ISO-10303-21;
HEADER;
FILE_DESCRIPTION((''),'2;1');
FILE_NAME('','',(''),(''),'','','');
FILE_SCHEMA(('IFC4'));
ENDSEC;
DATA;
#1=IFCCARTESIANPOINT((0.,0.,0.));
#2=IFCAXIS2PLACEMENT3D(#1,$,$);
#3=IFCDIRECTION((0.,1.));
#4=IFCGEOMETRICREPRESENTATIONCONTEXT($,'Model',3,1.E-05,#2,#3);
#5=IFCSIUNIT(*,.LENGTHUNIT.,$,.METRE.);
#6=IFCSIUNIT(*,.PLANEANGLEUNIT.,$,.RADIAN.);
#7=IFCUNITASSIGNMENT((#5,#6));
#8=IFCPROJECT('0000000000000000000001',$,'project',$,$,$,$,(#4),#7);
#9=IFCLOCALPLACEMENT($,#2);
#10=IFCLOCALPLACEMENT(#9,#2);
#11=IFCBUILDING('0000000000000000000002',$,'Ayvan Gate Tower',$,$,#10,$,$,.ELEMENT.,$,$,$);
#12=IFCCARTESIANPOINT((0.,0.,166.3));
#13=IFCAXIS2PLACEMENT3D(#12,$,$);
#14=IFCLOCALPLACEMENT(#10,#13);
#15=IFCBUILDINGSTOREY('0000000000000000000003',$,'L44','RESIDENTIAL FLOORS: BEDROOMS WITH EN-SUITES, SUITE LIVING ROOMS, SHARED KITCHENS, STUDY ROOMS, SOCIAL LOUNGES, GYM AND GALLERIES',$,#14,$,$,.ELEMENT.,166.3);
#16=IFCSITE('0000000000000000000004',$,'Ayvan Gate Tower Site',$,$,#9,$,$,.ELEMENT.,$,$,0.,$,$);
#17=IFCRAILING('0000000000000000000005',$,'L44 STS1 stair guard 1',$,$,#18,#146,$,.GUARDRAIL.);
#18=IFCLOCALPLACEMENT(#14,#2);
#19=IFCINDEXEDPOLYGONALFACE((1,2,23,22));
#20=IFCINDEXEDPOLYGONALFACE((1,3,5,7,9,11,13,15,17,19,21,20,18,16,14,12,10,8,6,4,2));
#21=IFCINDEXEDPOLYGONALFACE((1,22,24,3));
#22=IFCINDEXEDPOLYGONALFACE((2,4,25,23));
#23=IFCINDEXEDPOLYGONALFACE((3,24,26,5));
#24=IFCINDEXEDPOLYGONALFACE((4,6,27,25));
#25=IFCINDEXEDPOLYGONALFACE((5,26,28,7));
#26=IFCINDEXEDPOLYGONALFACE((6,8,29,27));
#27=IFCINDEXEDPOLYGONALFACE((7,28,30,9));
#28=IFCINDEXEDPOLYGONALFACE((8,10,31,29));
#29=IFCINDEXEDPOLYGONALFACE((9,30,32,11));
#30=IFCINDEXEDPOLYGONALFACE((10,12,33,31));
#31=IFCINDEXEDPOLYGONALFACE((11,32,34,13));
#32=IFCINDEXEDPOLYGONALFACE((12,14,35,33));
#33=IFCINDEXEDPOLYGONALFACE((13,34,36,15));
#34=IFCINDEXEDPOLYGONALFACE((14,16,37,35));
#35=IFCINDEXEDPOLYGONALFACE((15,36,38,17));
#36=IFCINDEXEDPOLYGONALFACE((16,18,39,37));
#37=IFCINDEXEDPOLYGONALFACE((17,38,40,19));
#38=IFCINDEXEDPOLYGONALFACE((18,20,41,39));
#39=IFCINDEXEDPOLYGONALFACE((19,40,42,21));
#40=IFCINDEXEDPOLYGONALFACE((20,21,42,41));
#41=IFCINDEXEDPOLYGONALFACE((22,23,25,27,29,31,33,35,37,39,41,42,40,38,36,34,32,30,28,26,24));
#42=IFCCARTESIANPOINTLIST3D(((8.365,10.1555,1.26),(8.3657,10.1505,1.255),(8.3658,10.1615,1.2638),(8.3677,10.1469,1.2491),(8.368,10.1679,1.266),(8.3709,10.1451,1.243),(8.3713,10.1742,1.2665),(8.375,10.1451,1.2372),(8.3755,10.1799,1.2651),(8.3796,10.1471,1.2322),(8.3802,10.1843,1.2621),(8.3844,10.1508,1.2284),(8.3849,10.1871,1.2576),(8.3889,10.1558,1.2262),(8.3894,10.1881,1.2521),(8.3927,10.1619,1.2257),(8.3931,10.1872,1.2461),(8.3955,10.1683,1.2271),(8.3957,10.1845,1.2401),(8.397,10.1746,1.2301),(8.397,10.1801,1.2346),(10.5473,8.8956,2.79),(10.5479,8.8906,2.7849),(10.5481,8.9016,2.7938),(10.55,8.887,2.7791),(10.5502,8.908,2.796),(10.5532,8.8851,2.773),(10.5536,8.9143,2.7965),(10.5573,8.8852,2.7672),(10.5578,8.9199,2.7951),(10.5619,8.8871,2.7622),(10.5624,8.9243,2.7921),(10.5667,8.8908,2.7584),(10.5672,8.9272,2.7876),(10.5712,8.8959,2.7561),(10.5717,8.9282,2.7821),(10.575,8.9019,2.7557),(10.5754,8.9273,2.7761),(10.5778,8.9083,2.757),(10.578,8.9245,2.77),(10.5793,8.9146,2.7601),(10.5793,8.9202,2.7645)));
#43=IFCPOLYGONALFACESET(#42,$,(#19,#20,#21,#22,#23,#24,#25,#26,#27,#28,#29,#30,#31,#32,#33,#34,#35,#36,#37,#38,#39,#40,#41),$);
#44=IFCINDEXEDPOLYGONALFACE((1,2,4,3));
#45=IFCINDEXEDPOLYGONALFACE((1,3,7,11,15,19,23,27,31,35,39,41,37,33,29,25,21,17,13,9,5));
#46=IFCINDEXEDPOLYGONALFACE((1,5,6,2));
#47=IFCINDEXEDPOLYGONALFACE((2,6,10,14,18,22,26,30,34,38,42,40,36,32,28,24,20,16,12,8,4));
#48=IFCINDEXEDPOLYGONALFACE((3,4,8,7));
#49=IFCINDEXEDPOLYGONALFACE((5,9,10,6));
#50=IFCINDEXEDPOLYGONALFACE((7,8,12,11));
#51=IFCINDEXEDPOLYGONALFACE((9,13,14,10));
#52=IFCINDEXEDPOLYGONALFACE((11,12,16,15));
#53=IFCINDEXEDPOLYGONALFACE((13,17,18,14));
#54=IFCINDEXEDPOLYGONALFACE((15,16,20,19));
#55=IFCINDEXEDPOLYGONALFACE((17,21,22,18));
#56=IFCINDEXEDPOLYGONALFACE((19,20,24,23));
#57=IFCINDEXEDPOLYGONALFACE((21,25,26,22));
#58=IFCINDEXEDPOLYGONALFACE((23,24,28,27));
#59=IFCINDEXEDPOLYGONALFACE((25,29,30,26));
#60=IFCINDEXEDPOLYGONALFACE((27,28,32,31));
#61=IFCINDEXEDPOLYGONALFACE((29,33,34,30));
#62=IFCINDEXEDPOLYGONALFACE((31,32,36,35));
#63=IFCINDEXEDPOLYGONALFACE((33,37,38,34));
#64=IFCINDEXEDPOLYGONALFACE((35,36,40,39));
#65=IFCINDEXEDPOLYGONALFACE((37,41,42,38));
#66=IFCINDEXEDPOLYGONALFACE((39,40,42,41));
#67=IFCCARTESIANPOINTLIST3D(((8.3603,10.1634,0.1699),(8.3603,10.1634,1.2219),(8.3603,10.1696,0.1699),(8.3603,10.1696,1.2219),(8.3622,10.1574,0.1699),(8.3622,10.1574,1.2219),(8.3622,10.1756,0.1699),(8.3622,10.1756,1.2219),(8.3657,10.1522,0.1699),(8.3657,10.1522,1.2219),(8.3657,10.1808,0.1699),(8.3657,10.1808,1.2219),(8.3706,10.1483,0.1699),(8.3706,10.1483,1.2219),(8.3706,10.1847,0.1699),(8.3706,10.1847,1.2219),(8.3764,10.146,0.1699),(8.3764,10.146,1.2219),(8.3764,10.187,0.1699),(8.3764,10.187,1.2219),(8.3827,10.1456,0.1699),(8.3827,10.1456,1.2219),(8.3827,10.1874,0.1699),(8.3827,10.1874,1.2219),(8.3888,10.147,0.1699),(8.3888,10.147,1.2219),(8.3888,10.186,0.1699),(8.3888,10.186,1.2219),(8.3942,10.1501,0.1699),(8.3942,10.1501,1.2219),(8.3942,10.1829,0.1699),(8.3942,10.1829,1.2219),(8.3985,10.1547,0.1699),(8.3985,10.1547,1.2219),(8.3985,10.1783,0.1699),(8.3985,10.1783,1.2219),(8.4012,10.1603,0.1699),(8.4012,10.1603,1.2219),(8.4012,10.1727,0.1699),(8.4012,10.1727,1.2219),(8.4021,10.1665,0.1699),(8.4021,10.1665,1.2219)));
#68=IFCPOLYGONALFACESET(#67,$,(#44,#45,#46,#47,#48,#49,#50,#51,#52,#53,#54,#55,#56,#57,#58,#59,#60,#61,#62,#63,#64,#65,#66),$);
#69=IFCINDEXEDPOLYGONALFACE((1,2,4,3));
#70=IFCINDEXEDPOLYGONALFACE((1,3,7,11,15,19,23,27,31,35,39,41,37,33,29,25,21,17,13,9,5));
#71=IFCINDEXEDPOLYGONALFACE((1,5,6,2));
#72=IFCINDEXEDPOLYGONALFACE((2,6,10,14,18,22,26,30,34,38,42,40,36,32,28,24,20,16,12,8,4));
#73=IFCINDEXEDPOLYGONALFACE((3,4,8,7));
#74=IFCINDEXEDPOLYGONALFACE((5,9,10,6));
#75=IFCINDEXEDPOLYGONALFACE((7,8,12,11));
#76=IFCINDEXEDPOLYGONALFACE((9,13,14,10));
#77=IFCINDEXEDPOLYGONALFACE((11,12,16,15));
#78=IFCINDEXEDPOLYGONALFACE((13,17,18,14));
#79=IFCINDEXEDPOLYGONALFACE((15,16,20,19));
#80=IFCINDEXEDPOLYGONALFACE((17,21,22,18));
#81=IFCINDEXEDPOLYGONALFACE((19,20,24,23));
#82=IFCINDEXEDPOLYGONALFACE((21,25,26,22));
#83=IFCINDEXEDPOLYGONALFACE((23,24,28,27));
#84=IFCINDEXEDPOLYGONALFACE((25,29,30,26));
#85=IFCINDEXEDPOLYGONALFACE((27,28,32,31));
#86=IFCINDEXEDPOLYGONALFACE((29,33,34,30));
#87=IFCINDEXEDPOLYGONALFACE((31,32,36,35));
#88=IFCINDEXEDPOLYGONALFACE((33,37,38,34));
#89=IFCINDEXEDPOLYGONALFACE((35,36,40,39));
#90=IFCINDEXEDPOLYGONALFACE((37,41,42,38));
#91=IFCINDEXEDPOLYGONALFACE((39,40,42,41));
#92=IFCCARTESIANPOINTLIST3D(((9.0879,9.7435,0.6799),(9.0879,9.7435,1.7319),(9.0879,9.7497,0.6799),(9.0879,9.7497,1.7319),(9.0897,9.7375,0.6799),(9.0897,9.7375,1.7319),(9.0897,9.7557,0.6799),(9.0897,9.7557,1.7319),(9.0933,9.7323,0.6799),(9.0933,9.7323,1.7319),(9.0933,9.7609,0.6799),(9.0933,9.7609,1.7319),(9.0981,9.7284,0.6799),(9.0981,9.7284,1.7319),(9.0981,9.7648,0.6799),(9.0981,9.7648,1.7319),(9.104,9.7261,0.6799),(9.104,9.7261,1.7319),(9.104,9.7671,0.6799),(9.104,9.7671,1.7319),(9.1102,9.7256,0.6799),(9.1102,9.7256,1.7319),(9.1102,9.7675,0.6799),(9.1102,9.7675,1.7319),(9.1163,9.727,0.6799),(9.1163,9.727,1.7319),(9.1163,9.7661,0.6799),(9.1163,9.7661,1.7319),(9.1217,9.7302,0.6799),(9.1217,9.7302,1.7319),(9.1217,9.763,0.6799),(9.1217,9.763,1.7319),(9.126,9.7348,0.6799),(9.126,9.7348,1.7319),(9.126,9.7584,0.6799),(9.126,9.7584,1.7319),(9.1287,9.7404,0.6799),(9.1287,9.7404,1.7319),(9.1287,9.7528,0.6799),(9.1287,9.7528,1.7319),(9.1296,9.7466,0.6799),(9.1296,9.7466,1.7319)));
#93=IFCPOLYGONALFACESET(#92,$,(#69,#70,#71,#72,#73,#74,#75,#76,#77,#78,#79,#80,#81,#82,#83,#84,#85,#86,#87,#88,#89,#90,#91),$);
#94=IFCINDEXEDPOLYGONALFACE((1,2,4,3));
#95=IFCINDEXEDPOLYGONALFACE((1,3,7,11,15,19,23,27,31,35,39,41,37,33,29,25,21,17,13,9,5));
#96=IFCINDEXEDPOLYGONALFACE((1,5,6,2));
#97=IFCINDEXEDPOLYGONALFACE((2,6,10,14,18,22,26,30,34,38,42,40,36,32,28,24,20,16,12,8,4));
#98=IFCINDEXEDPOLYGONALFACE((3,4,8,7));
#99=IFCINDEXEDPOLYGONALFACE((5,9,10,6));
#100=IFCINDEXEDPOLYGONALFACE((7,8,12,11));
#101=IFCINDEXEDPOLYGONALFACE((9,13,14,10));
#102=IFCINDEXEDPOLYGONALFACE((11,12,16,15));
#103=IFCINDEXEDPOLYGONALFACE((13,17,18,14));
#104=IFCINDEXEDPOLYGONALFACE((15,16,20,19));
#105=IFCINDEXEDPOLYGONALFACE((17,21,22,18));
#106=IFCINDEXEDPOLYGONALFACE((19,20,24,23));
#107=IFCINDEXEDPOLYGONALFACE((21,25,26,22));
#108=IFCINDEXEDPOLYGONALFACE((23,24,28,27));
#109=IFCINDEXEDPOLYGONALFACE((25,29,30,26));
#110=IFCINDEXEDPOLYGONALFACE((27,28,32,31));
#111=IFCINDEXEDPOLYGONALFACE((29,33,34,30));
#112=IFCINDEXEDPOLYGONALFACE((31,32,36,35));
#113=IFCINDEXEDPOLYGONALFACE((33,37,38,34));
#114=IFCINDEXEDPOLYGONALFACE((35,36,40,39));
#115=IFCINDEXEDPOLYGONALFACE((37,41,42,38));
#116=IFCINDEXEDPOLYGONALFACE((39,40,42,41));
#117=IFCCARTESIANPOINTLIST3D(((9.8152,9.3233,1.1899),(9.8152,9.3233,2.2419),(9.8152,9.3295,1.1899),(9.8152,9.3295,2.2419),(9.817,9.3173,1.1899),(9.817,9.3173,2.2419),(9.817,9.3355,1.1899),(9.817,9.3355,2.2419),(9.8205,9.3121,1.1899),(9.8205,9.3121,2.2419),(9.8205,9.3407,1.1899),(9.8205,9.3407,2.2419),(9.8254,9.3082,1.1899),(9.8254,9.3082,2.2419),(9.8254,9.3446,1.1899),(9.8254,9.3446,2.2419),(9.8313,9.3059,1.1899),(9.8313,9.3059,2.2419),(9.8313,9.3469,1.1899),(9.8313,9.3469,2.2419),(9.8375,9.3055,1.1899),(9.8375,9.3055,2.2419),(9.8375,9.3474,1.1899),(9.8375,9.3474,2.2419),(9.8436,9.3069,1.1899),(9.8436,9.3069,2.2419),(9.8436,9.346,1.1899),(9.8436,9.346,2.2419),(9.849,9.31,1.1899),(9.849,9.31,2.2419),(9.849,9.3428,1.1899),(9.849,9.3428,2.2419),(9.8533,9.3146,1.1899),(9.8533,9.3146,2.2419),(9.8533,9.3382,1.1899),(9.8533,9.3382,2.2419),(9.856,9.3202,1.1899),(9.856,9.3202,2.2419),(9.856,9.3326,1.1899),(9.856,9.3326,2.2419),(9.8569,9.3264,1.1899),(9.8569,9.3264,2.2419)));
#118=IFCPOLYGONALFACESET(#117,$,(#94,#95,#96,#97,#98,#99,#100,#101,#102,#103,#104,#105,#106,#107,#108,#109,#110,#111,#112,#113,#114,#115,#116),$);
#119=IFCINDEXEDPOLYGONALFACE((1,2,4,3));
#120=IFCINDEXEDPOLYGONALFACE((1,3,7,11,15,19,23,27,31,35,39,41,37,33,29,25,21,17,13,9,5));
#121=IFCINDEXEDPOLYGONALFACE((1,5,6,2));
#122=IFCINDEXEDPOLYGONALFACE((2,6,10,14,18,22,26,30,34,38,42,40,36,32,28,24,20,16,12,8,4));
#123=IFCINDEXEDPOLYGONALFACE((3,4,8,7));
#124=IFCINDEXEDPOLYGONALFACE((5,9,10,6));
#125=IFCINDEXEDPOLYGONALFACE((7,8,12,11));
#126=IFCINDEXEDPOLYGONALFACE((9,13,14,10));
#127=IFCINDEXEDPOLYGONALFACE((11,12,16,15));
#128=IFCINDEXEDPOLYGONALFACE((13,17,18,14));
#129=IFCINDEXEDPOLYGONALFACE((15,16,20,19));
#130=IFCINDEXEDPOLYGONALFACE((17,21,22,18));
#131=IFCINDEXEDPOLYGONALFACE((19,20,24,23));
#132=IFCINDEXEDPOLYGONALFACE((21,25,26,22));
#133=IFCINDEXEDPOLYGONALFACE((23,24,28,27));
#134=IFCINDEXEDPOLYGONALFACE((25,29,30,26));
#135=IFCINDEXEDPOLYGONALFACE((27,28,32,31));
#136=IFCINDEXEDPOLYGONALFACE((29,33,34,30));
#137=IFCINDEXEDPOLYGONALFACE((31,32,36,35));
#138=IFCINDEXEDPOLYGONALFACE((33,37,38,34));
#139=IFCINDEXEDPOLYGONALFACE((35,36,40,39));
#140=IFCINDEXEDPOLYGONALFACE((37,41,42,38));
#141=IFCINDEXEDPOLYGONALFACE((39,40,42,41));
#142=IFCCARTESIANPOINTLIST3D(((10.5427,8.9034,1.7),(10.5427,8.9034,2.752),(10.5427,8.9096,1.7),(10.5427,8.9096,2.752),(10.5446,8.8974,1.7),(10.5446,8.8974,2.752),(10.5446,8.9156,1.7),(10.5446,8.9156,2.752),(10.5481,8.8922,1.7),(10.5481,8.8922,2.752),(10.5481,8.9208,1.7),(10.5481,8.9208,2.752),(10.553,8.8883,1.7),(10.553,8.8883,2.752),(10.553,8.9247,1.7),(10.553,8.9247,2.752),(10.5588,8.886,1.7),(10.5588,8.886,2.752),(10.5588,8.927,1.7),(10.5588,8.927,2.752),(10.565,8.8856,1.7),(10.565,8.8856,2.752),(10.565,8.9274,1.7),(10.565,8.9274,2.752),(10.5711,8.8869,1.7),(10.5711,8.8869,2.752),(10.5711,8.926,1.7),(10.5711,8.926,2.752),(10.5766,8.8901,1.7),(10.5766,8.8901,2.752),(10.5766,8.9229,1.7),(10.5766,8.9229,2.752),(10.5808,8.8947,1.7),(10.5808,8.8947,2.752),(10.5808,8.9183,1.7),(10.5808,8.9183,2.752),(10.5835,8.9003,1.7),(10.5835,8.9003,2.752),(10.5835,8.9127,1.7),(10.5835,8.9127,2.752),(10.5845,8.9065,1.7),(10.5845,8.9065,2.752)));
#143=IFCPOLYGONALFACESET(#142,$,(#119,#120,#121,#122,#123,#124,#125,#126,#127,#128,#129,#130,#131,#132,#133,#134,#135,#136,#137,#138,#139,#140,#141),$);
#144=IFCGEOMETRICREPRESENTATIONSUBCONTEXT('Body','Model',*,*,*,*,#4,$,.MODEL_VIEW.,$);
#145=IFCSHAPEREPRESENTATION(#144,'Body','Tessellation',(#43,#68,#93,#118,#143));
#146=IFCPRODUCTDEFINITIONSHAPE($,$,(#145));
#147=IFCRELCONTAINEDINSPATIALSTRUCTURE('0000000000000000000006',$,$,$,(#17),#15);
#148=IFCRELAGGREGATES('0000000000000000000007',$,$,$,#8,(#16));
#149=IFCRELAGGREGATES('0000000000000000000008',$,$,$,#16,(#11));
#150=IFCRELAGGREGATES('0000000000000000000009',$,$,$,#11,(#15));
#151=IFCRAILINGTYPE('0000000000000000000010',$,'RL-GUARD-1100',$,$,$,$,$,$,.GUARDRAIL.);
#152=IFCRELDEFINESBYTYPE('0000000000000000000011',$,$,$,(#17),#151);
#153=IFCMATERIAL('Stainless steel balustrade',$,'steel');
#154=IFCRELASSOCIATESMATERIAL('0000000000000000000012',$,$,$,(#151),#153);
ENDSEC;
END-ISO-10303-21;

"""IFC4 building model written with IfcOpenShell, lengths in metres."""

from ifc_helpers import new_model, si_unit, direction, frame, origin, origin_2d, place, context, subcontext, project, spatial, circle, extrude, material, type_object, element, save


model = new_model("IFC4")

# Units and contexts
model_context = context("Model", 3, precision=1e-05, world=origin(), true_north=direction((0.0, 1.0)))
body_context = subcontext(model_context, "Body", "Model", "MODEL_VIEW")
ifc_project = project(units=[si_unit("LENGTHUNIT", "METRE"), si_unit("PLANEANGLEUNIT", "RADIAN")], contexts=[model_context])

# Site, building, storey
site_placement = place(None, origin())
site = spatial("IfcSite", under=ifc_project, at=site_placement, Name="Ayvan Gate Tower Site", CompositionType="ELEMENT", RefElevation=0.0)
building_placement = place(site_placement, origin())
building = spatial("IfcBuilding", under=site, at=building_placement, Name="Ayvan Gate Tower", CompositionType="ELEMENT")
storey_placement = place(building_placement, frame((0.0, 0.0, 166.3)))
storey = spatial("IfcBuildingStorey", under=building, at=storey_placement, Name="L44", Description="RESIDENTIAL FLOORS: BEDROOMS WITH EN-SUITES, SUITE LIVING ROOMS, SHARED KITCHENS, STUDY ROOMS, SOCIAL LOUNGES, GYM AND GALLERIES", CompositionType="ELEMENT", Elevation=166.3)

# Railing
ifc_material_1 = material(Name="Stainless steel balustrade", Category="steel")
railing_type_1 = type_object("IfcRailingType", Name="RL-GUARD-1100", PredefinedType="GUARDRAIL", material=ifc_material_1)
railing_1_placement = place(storey_placement, frame((8.3811, 10.1665, 0.1699)))
element("IfcRailing", 1, at=railing_1_placement, inside=storey, type_object=railing_type_1, Name="L44 STS1 stair guard 1", PredefinedType="GUARDRAIL", context=body_context, shape_type="SweptSolid", body=[
    extrude(circle(Radius=0.0239, at=origin_2d()), frame((0.0, 0.0, 1.0762), z_axis=(0.740261, -0.427395, 0.518986), x_axis=(0.500005, 0.866023, 0.0)), (0.0, 0.0, 1.0), 2.948),
    extrude(circle(Radius=0.021, at=origin_2d()), origin(), (0.0, 0.0, 1.0), 1.052),
    extrude(circle(Radius=0.021, at=origin_2d()), frame((0.7275, -0.4199, 0.51)), (0.0, 0.0, 1.0), 1.052),
    extrude(circle(Radius=0.021, at=origin_2d()), frame((1.4548, -0.8401, 1.02)), (0.0, 0.0, 1.0), 1.052),
    extrude(circle(Radius=0.021, at=origin_2d()), frame((2.1824, -1.26, 1.53)), (0.0, 0.0, 1.0), 1.052),
])

save(model, "model.ifc")
